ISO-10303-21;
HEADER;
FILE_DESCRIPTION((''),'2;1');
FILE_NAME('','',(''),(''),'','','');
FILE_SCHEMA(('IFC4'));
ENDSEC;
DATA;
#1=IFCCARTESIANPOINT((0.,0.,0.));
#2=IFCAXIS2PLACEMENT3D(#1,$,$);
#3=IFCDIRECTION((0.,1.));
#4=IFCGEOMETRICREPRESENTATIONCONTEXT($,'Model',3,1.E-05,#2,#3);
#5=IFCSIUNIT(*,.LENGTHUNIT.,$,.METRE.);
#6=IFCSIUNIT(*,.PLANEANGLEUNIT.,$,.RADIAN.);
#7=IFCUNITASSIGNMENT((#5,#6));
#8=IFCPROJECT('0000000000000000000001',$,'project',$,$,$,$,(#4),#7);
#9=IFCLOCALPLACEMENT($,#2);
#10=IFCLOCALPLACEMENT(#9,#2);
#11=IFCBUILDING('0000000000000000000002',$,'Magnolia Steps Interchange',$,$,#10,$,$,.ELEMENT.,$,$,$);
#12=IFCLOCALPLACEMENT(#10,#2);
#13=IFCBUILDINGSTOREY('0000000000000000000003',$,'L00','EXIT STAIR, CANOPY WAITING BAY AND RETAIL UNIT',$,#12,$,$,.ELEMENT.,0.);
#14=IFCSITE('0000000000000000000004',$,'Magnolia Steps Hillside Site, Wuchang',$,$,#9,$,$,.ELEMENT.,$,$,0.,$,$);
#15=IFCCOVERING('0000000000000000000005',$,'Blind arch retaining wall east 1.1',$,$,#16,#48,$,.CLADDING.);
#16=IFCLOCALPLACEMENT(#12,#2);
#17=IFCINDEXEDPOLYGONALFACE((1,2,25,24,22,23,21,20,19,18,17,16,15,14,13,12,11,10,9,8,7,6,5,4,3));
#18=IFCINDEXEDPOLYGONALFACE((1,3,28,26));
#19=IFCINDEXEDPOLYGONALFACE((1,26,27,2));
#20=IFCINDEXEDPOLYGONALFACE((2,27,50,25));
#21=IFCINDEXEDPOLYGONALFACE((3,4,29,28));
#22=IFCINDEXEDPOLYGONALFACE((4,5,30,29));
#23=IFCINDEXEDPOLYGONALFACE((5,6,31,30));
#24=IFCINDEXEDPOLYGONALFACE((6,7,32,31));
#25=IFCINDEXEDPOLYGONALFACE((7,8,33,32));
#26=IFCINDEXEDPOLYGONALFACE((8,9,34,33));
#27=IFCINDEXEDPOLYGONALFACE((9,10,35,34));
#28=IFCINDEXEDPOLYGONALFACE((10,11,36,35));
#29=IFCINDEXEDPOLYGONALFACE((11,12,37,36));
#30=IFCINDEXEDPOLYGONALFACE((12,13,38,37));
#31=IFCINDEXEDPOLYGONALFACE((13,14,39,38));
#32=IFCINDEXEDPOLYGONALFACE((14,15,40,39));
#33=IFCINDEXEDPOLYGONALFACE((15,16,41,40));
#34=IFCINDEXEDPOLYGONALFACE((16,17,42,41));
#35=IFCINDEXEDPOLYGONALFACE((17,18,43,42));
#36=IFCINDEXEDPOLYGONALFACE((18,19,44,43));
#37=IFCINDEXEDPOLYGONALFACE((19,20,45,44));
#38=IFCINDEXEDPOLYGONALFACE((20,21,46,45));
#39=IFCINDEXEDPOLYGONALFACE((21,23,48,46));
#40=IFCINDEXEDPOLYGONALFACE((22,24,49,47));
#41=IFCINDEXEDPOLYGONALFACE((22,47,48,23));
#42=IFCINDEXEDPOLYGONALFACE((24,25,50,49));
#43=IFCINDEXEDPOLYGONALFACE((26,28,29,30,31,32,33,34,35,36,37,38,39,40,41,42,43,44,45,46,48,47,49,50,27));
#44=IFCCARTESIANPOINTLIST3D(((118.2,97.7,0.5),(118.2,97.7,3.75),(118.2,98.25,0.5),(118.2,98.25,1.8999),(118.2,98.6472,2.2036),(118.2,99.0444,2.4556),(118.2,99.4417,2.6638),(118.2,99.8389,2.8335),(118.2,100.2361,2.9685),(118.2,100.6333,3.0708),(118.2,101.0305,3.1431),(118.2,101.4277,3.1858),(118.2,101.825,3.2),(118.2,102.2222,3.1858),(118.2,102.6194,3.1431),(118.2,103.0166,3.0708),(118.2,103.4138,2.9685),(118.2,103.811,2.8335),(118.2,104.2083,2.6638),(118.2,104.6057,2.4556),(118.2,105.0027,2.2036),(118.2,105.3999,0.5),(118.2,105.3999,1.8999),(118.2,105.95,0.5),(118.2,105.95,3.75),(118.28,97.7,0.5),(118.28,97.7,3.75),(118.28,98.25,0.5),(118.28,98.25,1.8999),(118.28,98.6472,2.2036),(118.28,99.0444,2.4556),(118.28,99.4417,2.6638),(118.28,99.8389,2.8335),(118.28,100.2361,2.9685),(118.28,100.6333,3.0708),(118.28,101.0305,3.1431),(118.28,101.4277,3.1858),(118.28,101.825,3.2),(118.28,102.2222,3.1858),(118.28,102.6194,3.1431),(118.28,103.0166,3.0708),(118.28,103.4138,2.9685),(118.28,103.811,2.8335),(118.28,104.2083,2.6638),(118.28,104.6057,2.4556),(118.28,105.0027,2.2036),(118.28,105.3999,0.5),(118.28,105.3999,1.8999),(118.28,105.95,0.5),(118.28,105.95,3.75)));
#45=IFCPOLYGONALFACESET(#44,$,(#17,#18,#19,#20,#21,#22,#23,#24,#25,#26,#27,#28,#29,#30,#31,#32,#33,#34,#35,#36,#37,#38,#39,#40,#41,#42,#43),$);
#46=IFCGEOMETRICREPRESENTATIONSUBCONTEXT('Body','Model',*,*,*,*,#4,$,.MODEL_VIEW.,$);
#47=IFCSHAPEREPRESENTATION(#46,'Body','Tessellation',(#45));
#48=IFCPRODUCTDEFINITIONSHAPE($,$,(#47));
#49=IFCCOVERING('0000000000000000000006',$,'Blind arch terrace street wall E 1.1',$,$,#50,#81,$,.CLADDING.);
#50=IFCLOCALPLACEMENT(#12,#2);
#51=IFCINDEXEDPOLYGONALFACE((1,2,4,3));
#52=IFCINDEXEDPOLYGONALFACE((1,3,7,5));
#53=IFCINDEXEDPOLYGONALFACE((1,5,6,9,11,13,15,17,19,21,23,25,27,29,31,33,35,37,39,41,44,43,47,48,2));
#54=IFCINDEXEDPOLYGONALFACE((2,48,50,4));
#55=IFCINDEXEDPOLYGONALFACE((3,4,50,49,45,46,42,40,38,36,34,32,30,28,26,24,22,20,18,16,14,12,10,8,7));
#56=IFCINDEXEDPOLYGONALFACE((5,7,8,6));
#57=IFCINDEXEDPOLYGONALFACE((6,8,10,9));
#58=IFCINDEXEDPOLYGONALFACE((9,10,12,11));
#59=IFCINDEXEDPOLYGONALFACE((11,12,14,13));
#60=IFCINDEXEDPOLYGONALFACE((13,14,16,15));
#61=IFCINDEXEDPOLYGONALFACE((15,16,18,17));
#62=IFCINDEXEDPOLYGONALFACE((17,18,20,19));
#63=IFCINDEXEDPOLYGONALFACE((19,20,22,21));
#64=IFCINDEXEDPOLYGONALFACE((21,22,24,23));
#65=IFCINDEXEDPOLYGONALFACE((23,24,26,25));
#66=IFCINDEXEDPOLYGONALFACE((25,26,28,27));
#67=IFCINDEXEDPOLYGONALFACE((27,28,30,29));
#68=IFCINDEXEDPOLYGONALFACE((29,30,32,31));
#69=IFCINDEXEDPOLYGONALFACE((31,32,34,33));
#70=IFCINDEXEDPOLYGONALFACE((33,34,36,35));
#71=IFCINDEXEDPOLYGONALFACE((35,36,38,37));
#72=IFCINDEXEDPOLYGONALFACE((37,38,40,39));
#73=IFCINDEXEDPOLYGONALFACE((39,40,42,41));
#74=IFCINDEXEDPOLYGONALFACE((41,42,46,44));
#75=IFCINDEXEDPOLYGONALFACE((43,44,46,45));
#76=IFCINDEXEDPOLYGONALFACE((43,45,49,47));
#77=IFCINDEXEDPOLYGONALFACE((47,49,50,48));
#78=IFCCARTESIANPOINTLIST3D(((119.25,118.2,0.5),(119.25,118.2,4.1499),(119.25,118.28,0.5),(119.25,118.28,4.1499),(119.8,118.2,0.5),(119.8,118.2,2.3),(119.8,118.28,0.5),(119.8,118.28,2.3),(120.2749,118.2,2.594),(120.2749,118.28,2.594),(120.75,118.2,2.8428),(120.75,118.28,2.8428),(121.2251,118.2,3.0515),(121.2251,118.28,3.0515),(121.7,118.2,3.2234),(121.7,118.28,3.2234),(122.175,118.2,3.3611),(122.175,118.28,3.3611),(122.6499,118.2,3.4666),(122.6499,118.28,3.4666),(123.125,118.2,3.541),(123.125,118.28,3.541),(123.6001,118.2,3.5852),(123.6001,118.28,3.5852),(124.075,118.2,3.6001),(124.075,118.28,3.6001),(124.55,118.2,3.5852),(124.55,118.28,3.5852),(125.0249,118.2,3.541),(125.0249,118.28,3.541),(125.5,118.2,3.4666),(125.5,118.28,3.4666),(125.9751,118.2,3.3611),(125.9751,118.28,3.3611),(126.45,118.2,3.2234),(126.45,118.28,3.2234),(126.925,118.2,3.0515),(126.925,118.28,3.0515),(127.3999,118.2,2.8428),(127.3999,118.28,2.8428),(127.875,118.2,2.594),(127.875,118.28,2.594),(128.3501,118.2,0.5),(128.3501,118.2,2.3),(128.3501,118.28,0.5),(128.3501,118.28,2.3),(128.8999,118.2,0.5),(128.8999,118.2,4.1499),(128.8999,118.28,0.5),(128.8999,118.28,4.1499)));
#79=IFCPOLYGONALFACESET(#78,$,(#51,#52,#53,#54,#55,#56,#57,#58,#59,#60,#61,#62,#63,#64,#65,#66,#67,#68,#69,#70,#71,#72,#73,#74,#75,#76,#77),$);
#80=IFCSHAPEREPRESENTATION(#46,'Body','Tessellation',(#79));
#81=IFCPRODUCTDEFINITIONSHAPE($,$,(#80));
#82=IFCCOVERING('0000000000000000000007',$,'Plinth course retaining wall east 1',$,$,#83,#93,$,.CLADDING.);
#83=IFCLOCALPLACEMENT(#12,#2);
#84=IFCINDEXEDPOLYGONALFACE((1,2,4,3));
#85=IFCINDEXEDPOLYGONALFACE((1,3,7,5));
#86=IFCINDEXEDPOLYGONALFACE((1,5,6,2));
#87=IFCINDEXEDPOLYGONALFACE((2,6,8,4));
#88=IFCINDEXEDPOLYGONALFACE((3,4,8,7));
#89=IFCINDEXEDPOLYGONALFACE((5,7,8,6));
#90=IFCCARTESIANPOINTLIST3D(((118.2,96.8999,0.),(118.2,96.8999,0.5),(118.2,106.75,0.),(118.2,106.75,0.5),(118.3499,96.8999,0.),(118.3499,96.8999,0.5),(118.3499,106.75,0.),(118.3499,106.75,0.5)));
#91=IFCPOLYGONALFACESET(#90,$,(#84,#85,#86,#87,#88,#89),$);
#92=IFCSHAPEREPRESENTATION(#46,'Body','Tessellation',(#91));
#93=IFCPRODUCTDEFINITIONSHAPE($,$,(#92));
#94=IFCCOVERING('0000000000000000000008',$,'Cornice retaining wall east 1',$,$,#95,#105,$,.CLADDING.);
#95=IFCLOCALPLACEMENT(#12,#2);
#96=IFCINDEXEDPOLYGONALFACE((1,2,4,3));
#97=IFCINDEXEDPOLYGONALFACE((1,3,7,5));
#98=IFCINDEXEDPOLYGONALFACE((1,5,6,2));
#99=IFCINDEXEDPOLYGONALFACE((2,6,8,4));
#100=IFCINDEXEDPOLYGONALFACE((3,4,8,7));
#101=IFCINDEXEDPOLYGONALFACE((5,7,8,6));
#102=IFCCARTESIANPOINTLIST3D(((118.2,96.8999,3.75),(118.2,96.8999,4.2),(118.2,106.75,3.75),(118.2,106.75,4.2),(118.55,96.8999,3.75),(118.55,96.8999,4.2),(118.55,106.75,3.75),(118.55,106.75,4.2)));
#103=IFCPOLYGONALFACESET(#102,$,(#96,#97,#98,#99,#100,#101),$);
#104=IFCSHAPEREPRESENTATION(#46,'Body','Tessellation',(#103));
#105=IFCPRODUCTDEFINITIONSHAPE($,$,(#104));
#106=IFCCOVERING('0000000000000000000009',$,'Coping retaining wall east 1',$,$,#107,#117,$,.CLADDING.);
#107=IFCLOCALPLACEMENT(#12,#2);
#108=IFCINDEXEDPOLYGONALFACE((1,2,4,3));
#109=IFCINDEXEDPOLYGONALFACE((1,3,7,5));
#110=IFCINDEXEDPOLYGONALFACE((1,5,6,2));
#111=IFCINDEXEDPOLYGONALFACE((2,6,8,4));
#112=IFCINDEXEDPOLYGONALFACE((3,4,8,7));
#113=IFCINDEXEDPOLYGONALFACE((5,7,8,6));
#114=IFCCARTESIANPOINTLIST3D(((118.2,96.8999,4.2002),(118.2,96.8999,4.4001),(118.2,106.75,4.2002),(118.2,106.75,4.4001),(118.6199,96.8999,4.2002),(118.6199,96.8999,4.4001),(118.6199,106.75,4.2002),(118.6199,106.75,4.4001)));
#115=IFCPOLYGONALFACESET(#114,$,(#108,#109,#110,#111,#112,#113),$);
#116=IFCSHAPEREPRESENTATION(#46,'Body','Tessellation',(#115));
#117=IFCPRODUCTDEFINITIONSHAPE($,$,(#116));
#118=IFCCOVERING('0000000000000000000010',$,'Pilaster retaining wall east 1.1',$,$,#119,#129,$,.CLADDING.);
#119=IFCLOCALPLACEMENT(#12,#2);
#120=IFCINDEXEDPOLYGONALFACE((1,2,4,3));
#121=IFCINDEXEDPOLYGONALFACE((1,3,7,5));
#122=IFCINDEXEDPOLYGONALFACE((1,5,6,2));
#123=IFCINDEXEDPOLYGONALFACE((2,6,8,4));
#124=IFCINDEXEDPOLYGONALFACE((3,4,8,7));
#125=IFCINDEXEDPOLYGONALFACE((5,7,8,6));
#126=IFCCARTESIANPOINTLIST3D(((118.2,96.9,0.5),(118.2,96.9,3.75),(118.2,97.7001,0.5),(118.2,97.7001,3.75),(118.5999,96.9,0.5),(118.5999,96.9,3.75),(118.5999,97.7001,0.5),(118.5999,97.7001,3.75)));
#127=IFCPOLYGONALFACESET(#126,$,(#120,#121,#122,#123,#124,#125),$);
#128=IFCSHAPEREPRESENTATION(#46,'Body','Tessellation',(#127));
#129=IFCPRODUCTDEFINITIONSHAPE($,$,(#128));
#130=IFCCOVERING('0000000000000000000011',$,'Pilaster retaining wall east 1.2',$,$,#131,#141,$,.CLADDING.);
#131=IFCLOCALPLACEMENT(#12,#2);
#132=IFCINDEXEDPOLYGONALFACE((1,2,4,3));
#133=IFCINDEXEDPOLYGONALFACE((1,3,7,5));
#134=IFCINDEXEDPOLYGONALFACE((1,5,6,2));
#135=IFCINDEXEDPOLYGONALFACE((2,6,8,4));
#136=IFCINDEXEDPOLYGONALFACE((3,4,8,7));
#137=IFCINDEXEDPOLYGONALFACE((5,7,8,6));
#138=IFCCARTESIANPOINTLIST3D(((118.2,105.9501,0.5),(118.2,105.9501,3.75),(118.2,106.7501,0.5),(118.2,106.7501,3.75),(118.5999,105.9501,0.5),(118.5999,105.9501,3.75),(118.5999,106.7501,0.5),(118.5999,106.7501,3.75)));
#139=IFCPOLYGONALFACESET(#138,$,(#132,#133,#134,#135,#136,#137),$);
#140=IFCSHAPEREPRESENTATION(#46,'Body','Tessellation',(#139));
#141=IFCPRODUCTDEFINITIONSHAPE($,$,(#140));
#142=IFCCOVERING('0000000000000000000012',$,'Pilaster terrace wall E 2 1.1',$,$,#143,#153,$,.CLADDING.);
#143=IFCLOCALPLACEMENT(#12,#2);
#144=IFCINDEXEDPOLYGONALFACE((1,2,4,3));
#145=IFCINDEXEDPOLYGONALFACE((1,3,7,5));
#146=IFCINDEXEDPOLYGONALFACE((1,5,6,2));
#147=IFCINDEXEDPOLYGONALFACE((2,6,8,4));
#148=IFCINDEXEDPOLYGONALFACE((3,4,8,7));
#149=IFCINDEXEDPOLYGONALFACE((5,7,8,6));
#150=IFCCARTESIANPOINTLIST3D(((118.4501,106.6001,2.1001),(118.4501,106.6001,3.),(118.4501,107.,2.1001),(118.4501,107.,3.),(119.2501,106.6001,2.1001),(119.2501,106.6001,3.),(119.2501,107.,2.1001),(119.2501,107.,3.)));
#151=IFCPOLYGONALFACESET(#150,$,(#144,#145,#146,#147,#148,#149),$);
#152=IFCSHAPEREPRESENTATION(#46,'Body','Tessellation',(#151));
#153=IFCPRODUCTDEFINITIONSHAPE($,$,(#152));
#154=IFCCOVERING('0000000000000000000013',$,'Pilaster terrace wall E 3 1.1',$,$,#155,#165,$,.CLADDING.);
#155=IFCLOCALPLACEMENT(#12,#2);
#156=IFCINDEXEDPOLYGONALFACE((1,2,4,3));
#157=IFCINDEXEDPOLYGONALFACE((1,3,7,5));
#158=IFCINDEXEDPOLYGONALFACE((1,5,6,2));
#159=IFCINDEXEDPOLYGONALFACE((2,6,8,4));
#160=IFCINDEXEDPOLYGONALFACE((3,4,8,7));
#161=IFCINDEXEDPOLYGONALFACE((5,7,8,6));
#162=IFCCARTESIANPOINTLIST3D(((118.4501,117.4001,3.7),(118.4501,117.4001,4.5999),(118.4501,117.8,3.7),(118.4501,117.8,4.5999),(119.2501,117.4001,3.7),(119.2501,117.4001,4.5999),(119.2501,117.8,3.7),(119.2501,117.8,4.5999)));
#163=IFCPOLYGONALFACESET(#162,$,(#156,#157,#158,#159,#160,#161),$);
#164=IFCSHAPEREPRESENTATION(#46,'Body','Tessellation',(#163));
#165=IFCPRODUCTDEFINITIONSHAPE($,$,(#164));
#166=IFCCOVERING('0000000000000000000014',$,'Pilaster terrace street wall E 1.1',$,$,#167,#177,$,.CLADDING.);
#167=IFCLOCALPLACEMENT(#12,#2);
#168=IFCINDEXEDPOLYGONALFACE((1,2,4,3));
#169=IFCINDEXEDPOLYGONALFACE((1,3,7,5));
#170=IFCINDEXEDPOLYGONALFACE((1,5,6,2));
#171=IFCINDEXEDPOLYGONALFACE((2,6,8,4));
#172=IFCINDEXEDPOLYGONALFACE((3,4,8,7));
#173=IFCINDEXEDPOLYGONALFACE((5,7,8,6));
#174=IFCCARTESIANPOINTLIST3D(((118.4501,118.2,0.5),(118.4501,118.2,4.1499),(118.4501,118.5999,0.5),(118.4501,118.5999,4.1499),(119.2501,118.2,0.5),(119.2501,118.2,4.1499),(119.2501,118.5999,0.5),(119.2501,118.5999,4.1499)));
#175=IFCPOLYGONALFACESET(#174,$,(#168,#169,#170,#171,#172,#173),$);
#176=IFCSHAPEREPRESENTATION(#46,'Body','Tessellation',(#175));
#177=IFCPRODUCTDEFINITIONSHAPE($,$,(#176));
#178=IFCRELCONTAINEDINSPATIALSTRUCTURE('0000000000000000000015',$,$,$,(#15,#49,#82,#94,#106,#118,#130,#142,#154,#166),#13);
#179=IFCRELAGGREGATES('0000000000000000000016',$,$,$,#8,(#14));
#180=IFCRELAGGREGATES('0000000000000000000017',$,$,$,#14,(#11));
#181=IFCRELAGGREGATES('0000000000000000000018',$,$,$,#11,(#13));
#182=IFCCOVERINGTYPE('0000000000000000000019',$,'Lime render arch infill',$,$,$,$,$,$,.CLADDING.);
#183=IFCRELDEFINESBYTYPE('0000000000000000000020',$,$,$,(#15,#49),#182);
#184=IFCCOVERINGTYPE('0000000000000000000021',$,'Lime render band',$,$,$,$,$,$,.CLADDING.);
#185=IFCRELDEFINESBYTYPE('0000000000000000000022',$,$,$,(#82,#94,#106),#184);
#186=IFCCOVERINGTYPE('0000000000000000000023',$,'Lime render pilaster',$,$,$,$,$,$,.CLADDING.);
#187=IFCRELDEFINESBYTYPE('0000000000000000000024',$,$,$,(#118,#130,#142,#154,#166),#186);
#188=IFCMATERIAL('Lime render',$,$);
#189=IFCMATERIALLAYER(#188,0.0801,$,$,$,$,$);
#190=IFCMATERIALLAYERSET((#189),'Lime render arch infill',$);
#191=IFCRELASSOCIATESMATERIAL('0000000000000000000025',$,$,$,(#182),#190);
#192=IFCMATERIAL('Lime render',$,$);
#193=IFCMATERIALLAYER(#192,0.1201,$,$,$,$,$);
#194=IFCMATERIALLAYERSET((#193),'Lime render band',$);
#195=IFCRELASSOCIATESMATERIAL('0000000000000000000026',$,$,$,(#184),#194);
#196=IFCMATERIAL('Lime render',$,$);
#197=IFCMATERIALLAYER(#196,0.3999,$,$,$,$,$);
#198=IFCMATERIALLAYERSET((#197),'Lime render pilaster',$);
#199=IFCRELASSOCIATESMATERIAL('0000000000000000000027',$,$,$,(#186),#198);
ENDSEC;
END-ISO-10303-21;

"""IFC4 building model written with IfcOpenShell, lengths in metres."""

from ifc_helpers import new_model, si_unit, direction, frame, origin, origin_2d, place, context, subcontext, project, spatial, polyline, rectangle, outline, extrude, material, layer, layer_set, type_object, element, save


model = new_model("IFC4")

# Units and contexts
model_context = context("Model", 3, precision=1e-05, world=origin(), true_north=direction((0.0, 1.0)))
body_context = subcontext(model_context, "Body", "Model", "MODEL_VIEW")
ifc_project = project(units=[si_unit("LENGTHUNIT", "METRE"), si_unit("PLANEANGLEUNIT", "RADIAN")], contexts=[model_context])

# Site, building, storey
site_placement = place(None, origin())
site = spatial("IfcSite", under=ifc_project, at=site_placement, Name="Magnolia Steps Hillside Site, Wuchang", CompositionType="ELEMENT", RefElevation=0.0)
building_placement = place(site_placement, origin())
building = spatial("IfcBuilding", under=site, at=building_placement, Name="Magnolia Steps Interchange", CompositionType="ELEMENT")
storey_placement = place(building_placement, origin())
storey = spatial("IfcBuildingStorey", under=building, at=storey_placement, Name="L00", Description="EXIT STAIR, CANOPY WAITING BAY AND RETAIL UNIT", CompositionType="ELEMENT", Elevation=0.0)

# Coverings
ifc_material_1 = material(Name="Lime render")
ifc_layer_1 = layer(ifc_material_1, 0.0801)
ifc_layer_set_1 = layer_set([ifc_layer_1], Name="Lime render arch infill")
covering_type_1 = type_object("IfcCoveringType", Name="Lime render arch infill", PredefinedType="CLADDING", material=ifc_layer_set_1)
covering_1_placement = place(storey_placement, frame((118.2, 97.7, 0.5), z_axis=(-1.0, 0.0, 0.0), x_axis=(0.0, 0.0, 1.0)))
element("IfcCovering", 1, at=covering_1_placement, inside=storey, type_object=covering_type_1, Name="Blind arch retaining wall east 1.1", PredefinedType="CLADDING", context=body_context, shape_type="SweptSolid", body=[
    extrude(outline(polyline([(0.0, 0.0), (3.25, 0.0), (3.25, 8.25), (0.0, 8.25), (0.0, 7.7), (1.3999, 7.7), (1.7036, 7.3027), (1.9556, 6.9058), (2.1638, 6.5083), (2.3335, 6.1111), (2.4685, 5.7139), (2.5708, 5.3167), (2.6431, 4.9194), (2.6858, 4.5222), (2.7, 4.125), (2.6858, 3.7278), (2.6431, 3.3306), (2.5708, 2.9333), (2.4685, 2.5361), (2.3335, 2.1389), (2.1638, 1.7417), (1.9556, 1.3445), (1.7036, 0.9473), (1.3999, 0.55), (0.0, 0.55), (0.0, 0.0)])), origin(), (0.0, 0.0, -1.0), 0.0801),
])
covering_2_placement = place(storey_placement, frame((119.8, 118.2, 0.5), z_axis=(0.0, -1.0, 0.0), x_axis=(0.0, 0.0, 1.0)))
element("IfcCovering", 2, at=covering_2_placement, inside=storey, type_object=covering_type_1, Name="Blind arch terrace street wall E 1.1", PredefinedType="CLADDING", context=body_context, shape_type="SweptSolid", body=[
    extrude(outline(polyline([(0.0, 0.0), (1.8, 0.0), (2.094, -0.4749), (2.3428, -0.95), (2.5515, -1.425), (2.7234, -1.8999), (2.8611, -2.375), (2.9666, -2.8499), (3.041, -3.325), (3.0852, -3.8), (3.1001, -4.2749), (3.0852, -4.75), (3.041, -5.2249), (2.9666, -5.7), (2.8611, -6.175), (2.7234, -6.6499), (2.5515, -7.125), (2.3428, -7.5999), (2.094, -8.075), (1.8, -8.55), (0.0, -8.55), (0.0, -9.0999), (3.6499, -9.0999), (3.6499, 0.55), (0.0, 0.55), (0.0, 0.0)])), origin(), (0.0, 0.0, -1.0), 0.0801),
])
ifc_material_2 = material(Name="Lime render")
ifc_layer_2 = layer(ifc_material_2, 0.1201)
ifc_layer_set_2 = layer_set([ifc_layer_2], Name="Lime render band")
covering_type_2 = type_object("IfcCoveringType", Name="Lime render band", PredefinedType="CLADDING", material=ifc_layer_set_2)
covering_3_placement = place(storey_placement, frame((118.2749, 101.825, 0.0), z_axis=(0.0, 0.0, 1.0), x_axis=(1.0, 0.0, 0.0)))
element("IfcCovering", 3, at=covering_3_placement, inside=storey, type_object=covering_type_2, Name="Plinth course retaining wall east 1", PredefinedType="CLADDING", context=body_context, shape_type="SweptSolid", body=[
    extrude(rectangle(XDim=0.1499, YDim=9.8501, at=origin_2d()), origin(), (0.0, 0.0, 1.0), 0.5),
])
covering_4_placement = place(storey_placement, frame((118.375, 101.825, 3.75), z_axis=(0.0, 0.0, 1.0), x_axis=(1.0, 0.0, 0.0)))
element("IfcCovering", 4, at=covering_4_placement, inside=storey, type_object=covering_type_2, Name="Cornice retaining wall east 1", PredefinedType="CLADDING", context=body_context, shape_type="SweptSolid", body=[
    extrude(rectangle(XDim=0.3501, YDim=9.8501, at=origin_2d()), origin(), (0.0, 0.0, 1.0), 0.45),
])
covering_5_placement = place(storey_placement, frame((118.4099, 101.825, 4.2002), z_axis=(0.0, 0.0, 1.0), x_axis=(1.0, 0.0, 0.0)))
element("IfcCovering", 5, at=covering_5_placement, inside=storey, type_object=covering_type_2, Name="Coping retaining wall east 1", PredefinedType="CLADDING", context=body_context, shape_type="SweptSolid", body=[
    extrude(rectangle(XDim=0.4199, YDim=9.8501, at=origin_2d()), origin(), (0.0, 0.0, 1.0), 0.2),
])
ifc_material_3 = material(Name="Lime render")
ifc_layer_3 = layer(ifc_material_3, 0.3999)
ifc_layer_set_3 = layer_set([ifc_layer_3], Name="Lime render pilaster")
covering_type_3 = type_object("IfcCoveringType", Name="Lime render pilaster", PredefinedType="CLADDING", material=ifc_layer_set_3)
for number, where, z_axis, x_axis, name in (
    (6, (118.3999, 97.3, 0.5), (0.0, 0.0, 1.0), (1.0, 0.0, 0.0), "Pilaster retaining wall east 1.1"),
    (7, (118.3999, 106.3501, 0.5), (0.0, 0.0, 1.0), (1.0, 0.0, 0.0), "Pilaster retaining wall east 1.2"),
):
    element("IfcCovering", number, at=place(storey_placement, frame(where, z_axis=z_axis, x_axis=x_axis)), inside=storey, type_object=covering_type_3, Name=name, PredefinedType="CLADDING", context=body_context, shape_type="SweptSolid", body=[
        extrude(rectangle(XDim=0.3999, YDim=0.8, at=origin_2d()), origin(), (0.0, 0.0, 1.0), 3.25),
    ])
for number, where, z_axis, x_axis, name in (
    (8, (118.8501, 106.8, 2.1001), (0.0, 0.0, 1.0), (1.0, 0.0, 0.0), "Pilaster terrace wall E 2 1.1"),
    (9, (118.8501, 117.6001, 3.7), (0.0, 0.0, 1.0), (1.0, 0.0, 0.0), "Pilaster terrace wall E 3 1.1"),
):
    element("IfcCovering", number, at=place(storey_placement, frame(where, z_axis=z_axis, x_axis=x_axis)), inside=storey, type_object=covering_type_3, Name=name, PredefinedType="CLADDING", context=body_context, shape_type="SweptSolid", body=[
        extrude(rectangle(XDim=0.8, YDim=0.3999, at=origin_2d()), origin(), (0.0, 0.0, 1.0), 0.8999),
    ])
covering_6_placement = place(storey_placement, frame((118.8501, 118.3999, 0.5), z_axis=(0.0, 0.0, 1.0), x_axis=(1.0, 0.0, 0.0)))
element("IfcCovering", 10, at=covering_6_placement, inside=storey, type_object=covering_type_3, Name="Pilaster terrace street wall E 1.1", PredefinedType="CLADDING", context=body_context, shape_type="SweptSolid", body=[
    extrude(rectangle(XDim=0.8, YDim=0.3999, at=origin_2d()), origin(), (0.0, 0.0, 1.0), 3.6499),
])

save(model, "model.ifc")
